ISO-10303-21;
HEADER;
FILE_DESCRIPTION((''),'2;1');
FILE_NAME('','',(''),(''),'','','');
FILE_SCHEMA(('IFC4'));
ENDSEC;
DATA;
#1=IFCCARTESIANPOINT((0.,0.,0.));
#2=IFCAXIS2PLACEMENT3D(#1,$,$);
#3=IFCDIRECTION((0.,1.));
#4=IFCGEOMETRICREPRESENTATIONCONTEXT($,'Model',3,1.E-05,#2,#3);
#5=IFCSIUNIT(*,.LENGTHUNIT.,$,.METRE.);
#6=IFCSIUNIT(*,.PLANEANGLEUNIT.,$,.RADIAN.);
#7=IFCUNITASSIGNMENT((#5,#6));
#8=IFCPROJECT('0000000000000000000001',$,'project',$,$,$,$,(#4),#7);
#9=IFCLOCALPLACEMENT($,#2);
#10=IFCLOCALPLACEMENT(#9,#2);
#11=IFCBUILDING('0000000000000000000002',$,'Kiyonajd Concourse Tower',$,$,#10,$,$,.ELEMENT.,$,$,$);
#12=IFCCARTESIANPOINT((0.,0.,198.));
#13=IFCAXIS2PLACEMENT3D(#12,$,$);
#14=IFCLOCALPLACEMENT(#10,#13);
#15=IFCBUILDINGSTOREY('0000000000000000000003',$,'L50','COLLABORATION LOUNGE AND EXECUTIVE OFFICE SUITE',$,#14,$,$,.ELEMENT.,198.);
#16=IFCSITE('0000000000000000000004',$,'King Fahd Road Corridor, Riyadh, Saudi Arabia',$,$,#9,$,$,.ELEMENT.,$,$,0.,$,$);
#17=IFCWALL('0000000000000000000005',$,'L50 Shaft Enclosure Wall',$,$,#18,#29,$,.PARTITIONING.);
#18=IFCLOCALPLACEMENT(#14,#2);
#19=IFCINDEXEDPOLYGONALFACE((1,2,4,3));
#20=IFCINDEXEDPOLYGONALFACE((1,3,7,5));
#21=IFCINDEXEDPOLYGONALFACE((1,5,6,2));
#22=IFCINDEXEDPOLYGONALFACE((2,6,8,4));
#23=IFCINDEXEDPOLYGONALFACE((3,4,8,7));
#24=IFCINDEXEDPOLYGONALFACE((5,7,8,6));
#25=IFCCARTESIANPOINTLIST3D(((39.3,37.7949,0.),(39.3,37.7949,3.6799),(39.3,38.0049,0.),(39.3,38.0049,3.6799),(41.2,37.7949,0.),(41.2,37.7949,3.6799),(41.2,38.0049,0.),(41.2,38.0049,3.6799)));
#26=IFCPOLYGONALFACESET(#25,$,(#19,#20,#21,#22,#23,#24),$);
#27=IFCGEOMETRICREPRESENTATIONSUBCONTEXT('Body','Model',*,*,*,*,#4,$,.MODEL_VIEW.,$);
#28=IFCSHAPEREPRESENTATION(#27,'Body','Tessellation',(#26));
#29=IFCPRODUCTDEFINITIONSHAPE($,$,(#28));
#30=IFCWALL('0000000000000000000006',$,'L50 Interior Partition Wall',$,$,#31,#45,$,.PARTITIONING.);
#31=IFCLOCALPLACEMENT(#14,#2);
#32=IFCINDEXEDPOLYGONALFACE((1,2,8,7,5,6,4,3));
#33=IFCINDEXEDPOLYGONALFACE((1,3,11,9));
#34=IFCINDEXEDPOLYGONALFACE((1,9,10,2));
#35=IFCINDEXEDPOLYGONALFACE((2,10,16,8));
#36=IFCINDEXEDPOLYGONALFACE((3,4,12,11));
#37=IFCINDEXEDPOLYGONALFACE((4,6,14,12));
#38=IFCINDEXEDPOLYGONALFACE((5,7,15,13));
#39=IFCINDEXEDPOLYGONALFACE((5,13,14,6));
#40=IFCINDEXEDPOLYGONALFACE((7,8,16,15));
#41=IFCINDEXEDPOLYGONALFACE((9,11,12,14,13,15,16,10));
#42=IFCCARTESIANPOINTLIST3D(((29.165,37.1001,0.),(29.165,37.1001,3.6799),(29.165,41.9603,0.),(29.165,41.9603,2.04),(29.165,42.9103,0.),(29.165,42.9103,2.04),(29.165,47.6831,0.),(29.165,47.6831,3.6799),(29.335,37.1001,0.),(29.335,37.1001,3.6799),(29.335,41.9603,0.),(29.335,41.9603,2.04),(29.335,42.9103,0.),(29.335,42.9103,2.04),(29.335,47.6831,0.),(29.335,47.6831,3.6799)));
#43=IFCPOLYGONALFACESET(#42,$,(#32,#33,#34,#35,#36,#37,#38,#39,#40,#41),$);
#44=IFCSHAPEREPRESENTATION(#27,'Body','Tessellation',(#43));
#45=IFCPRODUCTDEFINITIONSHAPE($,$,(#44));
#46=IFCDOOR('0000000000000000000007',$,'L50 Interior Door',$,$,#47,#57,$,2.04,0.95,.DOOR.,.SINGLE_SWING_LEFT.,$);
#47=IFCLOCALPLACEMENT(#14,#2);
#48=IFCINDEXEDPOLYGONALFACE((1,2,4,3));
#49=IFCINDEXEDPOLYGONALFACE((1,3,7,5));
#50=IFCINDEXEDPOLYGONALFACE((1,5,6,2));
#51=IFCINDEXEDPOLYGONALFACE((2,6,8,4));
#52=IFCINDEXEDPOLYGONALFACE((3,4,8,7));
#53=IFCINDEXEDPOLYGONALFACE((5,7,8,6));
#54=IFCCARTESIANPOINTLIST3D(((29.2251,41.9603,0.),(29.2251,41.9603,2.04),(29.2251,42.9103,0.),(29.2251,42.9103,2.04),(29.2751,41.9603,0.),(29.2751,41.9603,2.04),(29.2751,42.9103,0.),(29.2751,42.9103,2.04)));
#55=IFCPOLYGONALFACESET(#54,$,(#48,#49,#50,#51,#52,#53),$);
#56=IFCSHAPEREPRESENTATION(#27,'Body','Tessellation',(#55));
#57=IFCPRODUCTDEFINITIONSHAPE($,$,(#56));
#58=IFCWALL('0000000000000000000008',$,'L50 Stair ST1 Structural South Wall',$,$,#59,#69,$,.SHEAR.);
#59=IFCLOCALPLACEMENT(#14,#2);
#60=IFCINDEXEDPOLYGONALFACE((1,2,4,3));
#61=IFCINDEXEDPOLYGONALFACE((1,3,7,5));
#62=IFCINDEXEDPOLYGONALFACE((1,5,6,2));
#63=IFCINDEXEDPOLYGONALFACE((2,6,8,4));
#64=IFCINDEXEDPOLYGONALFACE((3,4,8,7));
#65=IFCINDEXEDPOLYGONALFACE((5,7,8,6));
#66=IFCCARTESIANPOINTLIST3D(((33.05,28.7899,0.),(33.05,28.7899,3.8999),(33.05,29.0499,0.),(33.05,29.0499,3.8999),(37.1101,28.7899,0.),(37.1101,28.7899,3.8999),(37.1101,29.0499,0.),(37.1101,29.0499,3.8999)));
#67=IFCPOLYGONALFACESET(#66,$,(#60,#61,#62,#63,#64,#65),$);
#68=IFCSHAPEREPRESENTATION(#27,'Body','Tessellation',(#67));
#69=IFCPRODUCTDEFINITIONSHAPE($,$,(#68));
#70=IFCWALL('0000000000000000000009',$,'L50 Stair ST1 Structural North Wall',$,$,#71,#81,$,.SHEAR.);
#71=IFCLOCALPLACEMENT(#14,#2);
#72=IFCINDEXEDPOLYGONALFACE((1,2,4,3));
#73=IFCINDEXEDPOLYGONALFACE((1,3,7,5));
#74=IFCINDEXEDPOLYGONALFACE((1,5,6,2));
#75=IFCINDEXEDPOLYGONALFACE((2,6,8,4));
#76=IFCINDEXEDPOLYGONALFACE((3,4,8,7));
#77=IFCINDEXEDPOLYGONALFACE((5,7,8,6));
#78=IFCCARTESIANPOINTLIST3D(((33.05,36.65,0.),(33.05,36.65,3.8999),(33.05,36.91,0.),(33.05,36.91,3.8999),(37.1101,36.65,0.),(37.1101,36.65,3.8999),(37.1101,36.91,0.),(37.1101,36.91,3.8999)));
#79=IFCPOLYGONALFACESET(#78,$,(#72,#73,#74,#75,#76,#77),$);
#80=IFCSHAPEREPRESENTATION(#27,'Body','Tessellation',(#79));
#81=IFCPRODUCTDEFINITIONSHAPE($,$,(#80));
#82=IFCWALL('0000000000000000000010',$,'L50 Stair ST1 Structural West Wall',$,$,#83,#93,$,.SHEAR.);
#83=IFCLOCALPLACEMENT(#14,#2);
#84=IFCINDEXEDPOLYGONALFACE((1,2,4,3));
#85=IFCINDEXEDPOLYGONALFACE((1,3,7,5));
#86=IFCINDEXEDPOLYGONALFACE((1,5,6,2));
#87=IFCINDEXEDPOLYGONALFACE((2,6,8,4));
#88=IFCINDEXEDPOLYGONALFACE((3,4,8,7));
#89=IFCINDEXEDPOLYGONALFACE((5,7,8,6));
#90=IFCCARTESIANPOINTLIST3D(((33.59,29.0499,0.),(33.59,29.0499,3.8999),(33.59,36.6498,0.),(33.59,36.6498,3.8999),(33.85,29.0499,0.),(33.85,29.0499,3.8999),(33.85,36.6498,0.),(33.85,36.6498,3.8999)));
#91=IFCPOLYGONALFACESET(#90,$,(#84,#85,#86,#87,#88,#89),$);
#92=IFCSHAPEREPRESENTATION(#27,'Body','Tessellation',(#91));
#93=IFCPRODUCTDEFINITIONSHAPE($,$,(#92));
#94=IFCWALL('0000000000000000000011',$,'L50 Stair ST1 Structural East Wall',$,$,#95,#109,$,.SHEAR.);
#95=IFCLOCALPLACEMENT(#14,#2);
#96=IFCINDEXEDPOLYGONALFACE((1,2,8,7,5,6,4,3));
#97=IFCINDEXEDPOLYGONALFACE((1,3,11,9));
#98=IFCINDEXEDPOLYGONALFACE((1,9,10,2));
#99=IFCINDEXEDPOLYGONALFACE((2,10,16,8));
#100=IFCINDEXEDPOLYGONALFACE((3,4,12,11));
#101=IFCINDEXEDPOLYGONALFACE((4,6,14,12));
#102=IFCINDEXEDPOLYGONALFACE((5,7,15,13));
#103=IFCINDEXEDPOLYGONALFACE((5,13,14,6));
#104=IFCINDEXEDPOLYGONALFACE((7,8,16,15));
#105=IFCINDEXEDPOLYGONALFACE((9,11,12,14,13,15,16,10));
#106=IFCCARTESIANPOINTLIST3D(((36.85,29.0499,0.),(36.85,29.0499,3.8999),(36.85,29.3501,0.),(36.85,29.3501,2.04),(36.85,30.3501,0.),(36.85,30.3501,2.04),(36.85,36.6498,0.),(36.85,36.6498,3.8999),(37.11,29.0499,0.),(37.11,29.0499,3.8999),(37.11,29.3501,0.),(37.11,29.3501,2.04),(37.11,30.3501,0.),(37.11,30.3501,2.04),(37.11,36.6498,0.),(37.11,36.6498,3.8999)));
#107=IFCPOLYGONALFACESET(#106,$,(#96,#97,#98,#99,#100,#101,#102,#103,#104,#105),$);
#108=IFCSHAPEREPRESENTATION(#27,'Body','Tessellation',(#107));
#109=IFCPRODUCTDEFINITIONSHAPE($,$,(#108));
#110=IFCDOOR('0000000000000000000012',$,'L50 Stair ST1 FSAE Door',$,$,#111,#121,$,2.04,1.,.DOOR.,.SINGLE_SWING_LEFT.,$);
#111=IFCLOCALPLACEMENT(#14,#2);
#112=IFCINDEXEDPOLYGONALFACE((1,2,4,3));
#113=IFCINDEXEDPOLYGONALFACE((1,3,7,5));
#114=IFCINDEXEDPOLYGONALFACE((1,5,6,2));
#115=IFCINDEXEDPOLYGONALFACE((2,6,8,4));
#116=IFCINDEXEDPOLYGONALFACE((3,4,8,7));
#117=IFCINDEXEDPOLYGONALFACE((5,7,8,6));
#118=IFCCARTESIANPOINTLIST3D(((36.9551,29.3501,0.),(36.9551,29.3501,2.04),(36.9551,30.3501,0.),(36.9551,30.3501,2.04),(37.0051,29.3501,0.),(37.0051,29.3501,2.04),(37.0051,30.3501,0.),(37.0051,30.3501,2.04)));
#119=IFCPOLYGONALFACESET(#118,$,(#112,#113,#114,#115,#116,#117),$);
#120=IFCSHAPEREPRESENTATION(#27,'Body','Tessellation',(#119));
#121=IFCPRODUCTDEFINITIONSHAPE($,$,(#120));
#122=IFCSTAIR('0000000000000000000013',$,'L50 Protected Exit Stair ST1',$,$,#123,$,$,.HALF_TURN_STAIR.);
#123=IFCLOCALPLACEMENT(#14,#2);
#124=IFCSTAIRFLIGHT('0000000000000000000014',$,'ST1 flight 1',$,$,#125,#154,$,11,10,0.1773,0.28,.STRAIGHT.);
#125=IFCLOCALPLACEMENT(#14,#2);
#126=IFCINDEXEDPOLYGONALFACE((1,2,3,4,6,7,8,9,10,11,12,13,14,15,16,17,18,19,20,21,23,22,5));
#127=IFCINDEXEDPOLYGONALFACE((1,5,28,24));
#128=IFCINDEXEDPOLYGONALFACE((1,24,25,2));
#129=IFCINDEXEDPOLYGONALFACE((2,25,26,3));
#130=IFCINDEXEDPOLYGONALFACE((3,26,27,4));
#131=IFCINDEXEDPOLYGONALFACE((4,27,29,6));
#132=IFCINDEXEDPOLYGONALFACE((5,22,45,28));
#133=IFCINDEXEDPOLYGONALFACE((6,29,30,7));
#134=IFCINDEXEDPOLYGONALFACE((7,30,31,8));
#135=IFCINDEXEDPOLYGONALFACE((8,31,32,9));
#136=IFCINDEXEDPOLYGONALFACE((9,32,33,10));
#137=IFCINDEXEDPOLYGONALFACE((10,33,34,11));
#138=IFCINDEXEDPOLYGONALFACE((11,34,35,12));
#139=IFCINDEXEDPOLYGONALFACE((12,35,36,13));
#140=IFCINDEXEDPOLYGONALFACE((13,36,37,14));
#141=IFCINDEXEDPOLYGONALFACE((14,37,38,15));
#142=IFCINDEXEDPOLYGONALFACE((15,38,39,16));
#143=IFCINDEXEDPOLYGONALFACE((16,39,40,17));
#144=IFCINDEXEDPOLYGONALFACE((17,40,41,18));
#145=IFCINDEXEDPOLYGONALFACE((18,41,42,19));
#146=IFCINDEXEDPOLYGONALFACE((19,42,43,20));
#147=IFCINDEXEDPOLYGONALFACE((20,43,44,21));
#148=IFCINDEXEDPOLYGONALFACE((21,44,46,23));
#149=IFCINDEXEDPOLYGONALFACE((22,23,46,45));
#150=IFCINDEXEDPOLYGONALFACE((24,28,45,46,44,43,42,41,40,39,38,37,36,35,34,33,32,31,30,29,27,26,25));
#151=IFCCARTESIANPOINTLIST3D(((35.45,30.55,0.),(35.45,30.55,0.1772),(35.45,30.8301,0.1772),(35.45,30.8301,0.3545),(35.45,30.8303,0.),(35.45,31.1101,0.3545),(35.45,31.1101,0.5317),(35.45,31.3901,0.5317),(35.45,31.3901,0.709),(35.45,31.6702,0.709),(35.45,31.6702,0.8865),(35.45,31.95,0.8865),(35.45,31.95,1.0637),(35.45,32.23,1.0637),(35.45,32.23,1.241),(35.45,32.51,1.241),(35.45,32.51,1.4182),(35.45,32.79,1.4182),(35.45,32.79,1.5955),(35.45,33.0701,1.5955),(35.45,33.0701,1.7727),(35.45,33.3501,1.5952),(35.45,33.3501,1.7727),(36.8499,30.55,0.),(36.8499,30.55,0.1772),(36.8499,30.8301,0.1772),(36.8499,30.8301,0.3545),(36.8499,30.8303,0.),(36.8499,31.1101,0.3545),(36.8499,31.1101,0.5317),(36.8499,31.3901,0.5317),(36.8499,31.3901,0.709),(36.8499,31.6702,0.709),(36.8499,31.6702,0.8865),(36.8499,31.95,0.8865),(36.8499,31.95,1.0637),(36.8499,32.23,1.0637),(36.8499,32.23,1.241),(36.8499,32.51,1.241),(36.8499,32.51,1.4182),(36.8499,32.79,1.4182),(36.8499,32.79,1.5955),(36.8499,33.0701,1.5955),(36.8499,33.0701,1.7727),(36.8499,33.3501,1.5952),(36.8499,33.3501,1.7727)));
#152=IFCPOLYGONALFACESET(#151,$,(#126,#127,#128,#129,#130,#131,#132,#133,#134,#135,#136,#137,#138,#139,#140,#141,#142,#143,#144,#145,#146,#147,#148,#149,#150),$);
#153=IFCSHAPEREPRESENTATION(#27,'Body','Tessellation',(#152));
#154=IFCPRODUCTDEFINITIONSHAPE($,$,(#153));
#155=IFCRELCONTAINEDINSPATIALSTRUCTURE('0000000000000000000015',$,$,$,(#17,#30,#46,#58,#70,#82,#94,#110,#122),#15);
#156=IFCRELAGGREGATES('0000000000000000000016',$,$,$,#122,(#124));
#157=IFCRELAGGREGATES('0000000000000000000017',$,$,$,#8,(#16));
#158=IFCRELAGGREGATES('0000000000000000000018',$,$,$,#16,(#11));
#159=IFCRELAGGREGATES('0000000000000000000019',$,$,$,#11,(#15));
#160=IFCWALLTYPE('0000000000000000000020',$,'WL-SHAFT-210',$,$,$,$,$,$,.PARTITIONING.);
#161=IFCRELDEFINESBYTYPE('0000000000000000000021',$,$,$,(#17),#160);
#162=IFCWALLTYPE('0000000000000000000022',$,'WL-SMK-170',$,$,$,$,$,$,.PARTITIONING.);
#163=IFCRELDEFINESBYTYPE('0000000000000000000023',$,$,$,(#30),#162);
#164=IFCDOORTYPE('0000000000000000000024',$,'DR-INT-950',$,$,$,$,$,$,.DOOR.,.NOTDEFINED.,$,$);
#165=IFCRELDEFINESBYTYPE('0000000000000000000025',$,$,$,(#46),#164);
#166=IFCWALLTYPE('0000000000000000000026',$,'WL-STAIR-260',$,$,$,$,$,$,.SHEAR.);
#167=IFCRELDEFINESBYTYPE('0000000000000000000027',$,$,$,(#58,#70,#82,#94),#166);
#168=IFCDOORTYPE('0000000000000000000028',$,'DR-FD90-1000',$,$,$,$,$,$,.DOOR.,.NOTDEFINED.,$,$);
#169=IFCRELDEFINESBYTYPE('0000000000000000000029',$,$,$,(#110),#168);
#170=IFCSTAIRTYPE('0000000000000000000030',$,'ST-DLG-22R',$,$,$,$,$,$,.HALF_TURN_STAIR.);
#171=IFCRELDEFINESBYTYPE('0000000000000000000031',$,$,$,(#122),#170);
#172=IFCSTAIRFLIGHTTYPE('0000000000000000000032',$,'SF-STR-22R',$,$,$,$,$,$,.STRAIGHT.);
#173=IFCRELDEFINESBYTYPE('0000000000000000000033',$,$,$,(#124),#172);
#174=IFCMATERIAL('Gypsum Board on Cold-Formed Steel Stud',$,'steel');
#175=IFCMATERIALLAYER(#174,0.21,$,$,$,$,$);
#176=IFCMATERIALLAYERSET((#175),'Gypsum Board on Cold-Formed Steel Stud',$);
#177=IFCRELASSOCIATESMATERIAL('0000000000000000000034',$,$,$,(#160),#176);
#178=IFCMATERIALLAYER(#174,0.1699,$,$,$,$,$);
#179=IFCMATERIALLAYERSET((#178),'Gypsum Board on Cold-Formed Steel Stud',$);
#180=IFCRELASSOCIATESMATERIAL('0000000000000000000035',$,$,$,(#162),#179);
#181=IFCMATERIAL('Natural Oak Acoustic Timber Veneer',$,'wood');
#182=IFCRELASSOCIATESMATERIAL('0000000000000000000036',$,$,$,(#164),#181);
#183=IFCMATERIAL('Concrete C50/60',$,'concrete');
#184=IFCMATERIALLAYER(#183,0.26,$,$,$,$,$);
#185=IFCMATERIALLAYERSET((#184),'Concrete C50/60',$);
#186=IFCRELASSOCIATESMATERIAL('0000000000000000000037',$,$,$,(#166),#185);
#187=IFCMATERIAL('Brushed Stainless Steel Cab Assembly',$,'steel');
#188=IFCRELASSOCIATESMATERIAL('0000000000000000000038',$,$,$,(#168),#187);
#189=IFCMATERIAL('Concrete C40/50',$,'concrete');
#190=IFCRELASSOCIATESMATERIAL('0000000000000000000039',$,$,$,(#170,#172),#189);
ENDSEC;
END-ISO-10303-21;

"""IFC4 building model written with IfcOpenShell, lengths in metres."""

from ifc_helpers import new_model, si_unit, direction, frame, frame_2d, origin, place, context, subcontext, project, spatial, polyline, rectangle, outline, extrude, material, layer, layer_set, type_object, element, fill, aggregate, save


model = new_model("IFC4")

# Units and contexts
model_context = context("Model", 3, precision=1e-05, world=origin(), true_north=direction((0.0, 1.0)))
body_context = subcontext(model_context, "Body", "Model", "MODEL_VIEW")
ifc_project = project(units=[si_unit("LENGTHUNIT", "METRE"), si_unit("PLANEANGLEUNIT", "RADIAN")], contexts=[model_context])

# Site, building, storey
site_placement = place(None, origin())
site = spatial("IfcSite", under=ifc_project, at=site_placement, Name="King Fahd Road Corridor, Riyadh, Saudi Arabia", CompositionType="ELEMENT", RefElevation=0.0)
building_placement = place(site_placement, origin())
building = spatial("IfcBuilding", under=site, at=building_placement, Name="Kiyonajd Concourse Tower", CompositionType="ELEMENT")
storey_placement = place(building_placement, frame((0.0, 0.0, 198.0)))
storey = spatial("IfcBuildingStorey", under=building, at=storey_placement, Name="L50", Description="COLLABORATION LOUNGE AND EXECUTIVE OFFICE SUITE", CompositionType="ELEMENT", Elevation=198.0)

# Shared definitions
ifc_material_1 = material(Name="Concrete C50/60", Category="concrete")

# Shared definitions
ifc_material_2 = material(Name="Gypsum Board on Cold-Formed Steel Stud", Category="steel")
ifc_layer_1 = layer(ifc_material_2, 0.21)
ifc_layer_set_1 = layer_set([ifc_layer_1], Name="Gypsum Board on Cold-Formed Steel Stud")
wall_type_1 = type_object("IfcWallType", Name="WL-SHAFT-210", PredefinedType="PARTITIONING", material=ifc_layer_set_1)
ifc_material_3 = material(Name="Brushed Stainless Steel Cab Assembly", Category="steel")

# Wall
for number, where, z_axis, x_axis, name in (
    (1, (39.3, 37.8999, 0.0), (0.0, 0.0, 1.0), (1.0, 0.0, 0.0), "L50 Shaft Enclosure Wall"),
):
    element("IfcWall", number, at=place(storey_placement, frame(where, z_axis=z_axis, x_axis=x_axis)), inside=storey, type_object=wall_type_1, Name=name, PredefinedType="PARTITIONING", context=body_context, shape_type="SweptSolid", body=[
        extrude(rectangle(XDim=1.8999, YDim=0.21, at=frame_2d((0.95, 0.0))), origin(), (0.0, 0.0, 1.0), 3.6799),
    ])

# Wall, opening, door
ifc_layer_2 = layer(ifc_material_2, 0.1699)
ifc_layer_set_2 = layer_set([ifc_layer_2], Name="Gypsum Board on Cold-Formed Steel Stud")
wall_type_2 = type_object("IfcWallType", Name="WL-SMK-170", PredefinedType="PARTITIONING", material=ifc_layer_set_2)
wall_1_placement = place(storey_placement, frame((29.25, 37.1001, 0.0), z_axis=(0.0, 0.0, 1.0), x_axis=(0.0, 1.0, 0.0)))
wall_1 = element("IfcWall", 2, at=wall_1_placement, inside=storey, type_object=wall_type_2, Name="L50 Interior Partition Wall", PredefinedType="PARTITIONING", context=body_context, shape_type="SweptSolid", body=[
    extrude(rectangle(XDim=10.583, YDim=0.1699, at=frame_2d((5.2915, 0.0))), origin(), (0.0, 0.0, 1.0), 3.6799),
])
opening_1_placement = place(wall_1_placement, frame((4.8601, 0.0, 0.0)))
opening_1 = element("IfcOpeningElement", 3, at=opening_1_placement, cuts=wall_1, PredefinedType="OPENING", context=body_context, shape_type="SweptSolid", body=[
    extrude(rectangle(XDim=0.95, YDim=2.04, at=frame_2d((0.4751, 1.02))), frame((0.0, 0.095, 0.0), z_axis=(0.0, -1.0, 0.0), x_axis=(1.0, 0.0, 0.0)), (0.0, 0.0, 1.0), 0.1899),
])
ifc_material_4 = material(Name="Natural Oak Acoustic Timber Veneer", Category="wood")
door_type_1 = type_object("IfcDoorType", Name="DR-INT-950", OperationType="NOTDEFINED", PredefinedType="DOOR", material=ifc_material_4)
door_1_placement = place(opening_1_placement, origin())
door_1 = element("IfcDoor", 4, at=door_1_placement, inside=storey, type_object=door_type_1, Name="L50 Interior Door", OperationType="SINGLE_SWING_LEFT", OverallHeight=2.04, OverallWidth=0.95, PredefinedType="DOOR", context=body_context, shape_type="SweptSolid", body=[
    extrude(rectangle(XDim=0.95, YDim=2.04, at=frame_2d((0.4751, 1.02))), frame((0.0, 0.0249, 0.0), z_axis=(0.0, -1.0, 0.0), x_axis=(1.0, 0.0, 0.0)), (0.0, 0.0, 1.0), 0.05),
])
fill(opening_1, door_1)

# Walls
ifc_layer_3 = layer(ifc_material_1, 0.26)
ifc_layer_set_3 = layer_set([ifc_layer_3], Name="Concrete C50/60")
wall_type_3 = type_object("IfcWallType", Name="WL-STAIR-260", PredefinedType="SHEAR", material=ifc_layer_set_3)
for number, where, z_axis, x_axis, name in (
    (5, (33.05, 28.9199, 0.0), (0.0, 0.0, 1.0), (1.0, 0.0, 0.0), "L50 Stair ST1 Structural South Wall"),
    (6, (33.05, 36.78, 0.0), (0.0, 0.0, 1.0), (1.0, 0.0, 0.0), "L50 Stair ST1 Structural North Wall"),
):
    element("IfcWall", number, at=place(storey_placement, frame(where, z_axis=z_axis, x_axis=x_axis)), inside=storey, type_object=wall_type_3, Name=name, PredefinedType="SHEAR", context=body_context, shape_type="SweptSolid", body=[
        extrude(rectangle(XDim=4.0601, YDim=0.26, at=frame_2d((2.03, 0.0))), origin(), (0.0, 0.0, 1.0), 3.8999),
    ])
wall_2_placement = place(storey_placement, frame((33.72, 29.05, 0.0), z_axis=(0.0, 0.0, 1.0), x_axis=(0.0, 1.0, 0.0)))
element("IfcWall", 7, at=wall_2_placement, inside=storey, type_object=wall_type_3, Name="L50 Stair ST1 Structural West Wall", PredefinedType="SHEAR", context=body_context, shape_type="SweptSolid", body=[
    extrude(rectangle(XDim=7.5999, YDim=0.26, at=frame_2d((3.7998, 0.0))), origin(), (0.0, 0.0, 1.0), 3.8999),
])

# Wall, opening, door
wall_3_placement = place(storey_placement, frame((36.98, 29.05, 0.0), z_axis=(0.0, 0.0, 1.0), x_axis=(0.0, 1.0, 0.0)))
wall_3 = element("IfcWall", 8, at=wall_3_placement, inside=storey, type_object=wall_type_3, Name="L50 Stair ST1 Structural East Wall", PredefinedType="SHEAR", context=body_context, shape_type="SweptSolid", body=[
    extrude(rectangle(XDim=7.5999, YDim=0.26, at=frame_2d((3.7998, 0.0))), origin(), (0.0, 0.0, 1.0), 3.8999),
])
opening_2_placement = place(wall_3_placement, frame((0.3, 0.0, 0.0)))
opening_2 = element("IfcOpeningElement", 9, at=opening_2_placement, cuts=wall_3, PredefinedType="OPENING", context=body_context, shape_type="SweptSolid", body=[
    extrude(rectangle(XDim=1.0, YDim=2.04, at=frame_2d((0.5, 1.02))), frame((0.0, 0.1399, 0.0), z_axis=(0.0, -1.0, 0.0), x_axis=(1.0, 0.0, 0.0)), (0.0, 0.0, 1.0), 0.28),
])
door_type_2 = type_object("IfcDoorType", Name="DR-FD90-1000", OperationType="NOTDEFINED", PredefinedType="DOOR", material=ifc_material_3)
door_2_placement = place(opening_2_placement, origin())
door_2 = element("IfcDoor", 10, at=door_2_placement, inside=storey, type_object=door_type_2, Name="L50 Stair ST1 FSAE Door", OperationType="SINGLE_SWING_LEFT", OverallHeight=2.04, OverallWidth=1.0, PredefinedType="DOOR", context=body_context, shape_type="SweptSolid", body=[
    extrude(rectangle(XDim=1.0, YDim=2.04, at=frame_2d((0.5, 1.02))), frame((0.0, 0.0249, 0.0), z_axis=(0.0, -1.0, 0.0), x_axis=(1.0, 0.0, 0.0)), (0.0, 0.0, 1.0), 0.05),
])
fill(opening_2, door_2)

# Stair, stair flight
ifc_material_5 = material(Name="Concrete C40/50", Category="concrete")
stair_type = type_object("IfcStairType", Name="ST-DLG-22R", PredefinedType="HALF_TURN_STAIR", material=ifc_material_5)
stair_placement = place(storey_placement, origin())
stair = element("IfcStair", 11, at=stair_placement, inside=storey, type_object=stair_type, Name="L50 Protected Exit Stair ST1", PredefinedType="HALF_TURN_STAIR")
stair_flight_type = type_object("IfcStairFlightType", Name="SF-STR-22R", PredefinedType="STRAIGHT", material=ifc_material_5)
stair_flight_1_placement = place(storey_placement, frame((36.1499, 30.55, 0.0), z_axis=(0.0, 0.0, 1.0), x_axis=(0.0, 1.0, 0.0)))
stair_flight_1 = element("IfcStairFlight", 12, at=stair_flight_1_placement, type_object=stair_flight_type, Name="ST1 flight 1", NumberOfRisers=11, NumberOfTreads=10, PredefinedType="STRAIGHT", RiserHeight=0.1773, TreadLength=0.28, context=body_context, shape_type="SweptSolid", body=[
    extrude(outline(polyline([(0.0, 0.0), (0.0, 0.1772), (0.28, 0.1772), (0.28, 0.3545), (0.5601, 0.3545), (0.5601, 0.5317), (0.8401, 0.5317), (0.8401, 0.709), (1.1201, 0.709), (1.1201, 0.8865), (1.3999, 0.8865), (1.3999, 1.0637), (1.6799, 1.0637), (1.6799, 1.241), (1.96, 1.241), (1.96, 1.4182), (2.24, 1.4182), (2.24, 1.5955), (2.52, 1.5955), (2.52, 1.7727), (2.8, 1.7727), (2.8, 1.95), (2.8, 1.5952), (0.2803, 0.0), (0.0, 0.0)])), frame((0.0, 0.7, 0.0), z_axis=(0.0, -1.0, 0.0), x_axis=(1.0, 0.0, 0.0)), (0.0, 0.0, 1.0), 1.3999),
])
aggregate(stair, [stair_flight_1])

save(model, "model.ifc")
